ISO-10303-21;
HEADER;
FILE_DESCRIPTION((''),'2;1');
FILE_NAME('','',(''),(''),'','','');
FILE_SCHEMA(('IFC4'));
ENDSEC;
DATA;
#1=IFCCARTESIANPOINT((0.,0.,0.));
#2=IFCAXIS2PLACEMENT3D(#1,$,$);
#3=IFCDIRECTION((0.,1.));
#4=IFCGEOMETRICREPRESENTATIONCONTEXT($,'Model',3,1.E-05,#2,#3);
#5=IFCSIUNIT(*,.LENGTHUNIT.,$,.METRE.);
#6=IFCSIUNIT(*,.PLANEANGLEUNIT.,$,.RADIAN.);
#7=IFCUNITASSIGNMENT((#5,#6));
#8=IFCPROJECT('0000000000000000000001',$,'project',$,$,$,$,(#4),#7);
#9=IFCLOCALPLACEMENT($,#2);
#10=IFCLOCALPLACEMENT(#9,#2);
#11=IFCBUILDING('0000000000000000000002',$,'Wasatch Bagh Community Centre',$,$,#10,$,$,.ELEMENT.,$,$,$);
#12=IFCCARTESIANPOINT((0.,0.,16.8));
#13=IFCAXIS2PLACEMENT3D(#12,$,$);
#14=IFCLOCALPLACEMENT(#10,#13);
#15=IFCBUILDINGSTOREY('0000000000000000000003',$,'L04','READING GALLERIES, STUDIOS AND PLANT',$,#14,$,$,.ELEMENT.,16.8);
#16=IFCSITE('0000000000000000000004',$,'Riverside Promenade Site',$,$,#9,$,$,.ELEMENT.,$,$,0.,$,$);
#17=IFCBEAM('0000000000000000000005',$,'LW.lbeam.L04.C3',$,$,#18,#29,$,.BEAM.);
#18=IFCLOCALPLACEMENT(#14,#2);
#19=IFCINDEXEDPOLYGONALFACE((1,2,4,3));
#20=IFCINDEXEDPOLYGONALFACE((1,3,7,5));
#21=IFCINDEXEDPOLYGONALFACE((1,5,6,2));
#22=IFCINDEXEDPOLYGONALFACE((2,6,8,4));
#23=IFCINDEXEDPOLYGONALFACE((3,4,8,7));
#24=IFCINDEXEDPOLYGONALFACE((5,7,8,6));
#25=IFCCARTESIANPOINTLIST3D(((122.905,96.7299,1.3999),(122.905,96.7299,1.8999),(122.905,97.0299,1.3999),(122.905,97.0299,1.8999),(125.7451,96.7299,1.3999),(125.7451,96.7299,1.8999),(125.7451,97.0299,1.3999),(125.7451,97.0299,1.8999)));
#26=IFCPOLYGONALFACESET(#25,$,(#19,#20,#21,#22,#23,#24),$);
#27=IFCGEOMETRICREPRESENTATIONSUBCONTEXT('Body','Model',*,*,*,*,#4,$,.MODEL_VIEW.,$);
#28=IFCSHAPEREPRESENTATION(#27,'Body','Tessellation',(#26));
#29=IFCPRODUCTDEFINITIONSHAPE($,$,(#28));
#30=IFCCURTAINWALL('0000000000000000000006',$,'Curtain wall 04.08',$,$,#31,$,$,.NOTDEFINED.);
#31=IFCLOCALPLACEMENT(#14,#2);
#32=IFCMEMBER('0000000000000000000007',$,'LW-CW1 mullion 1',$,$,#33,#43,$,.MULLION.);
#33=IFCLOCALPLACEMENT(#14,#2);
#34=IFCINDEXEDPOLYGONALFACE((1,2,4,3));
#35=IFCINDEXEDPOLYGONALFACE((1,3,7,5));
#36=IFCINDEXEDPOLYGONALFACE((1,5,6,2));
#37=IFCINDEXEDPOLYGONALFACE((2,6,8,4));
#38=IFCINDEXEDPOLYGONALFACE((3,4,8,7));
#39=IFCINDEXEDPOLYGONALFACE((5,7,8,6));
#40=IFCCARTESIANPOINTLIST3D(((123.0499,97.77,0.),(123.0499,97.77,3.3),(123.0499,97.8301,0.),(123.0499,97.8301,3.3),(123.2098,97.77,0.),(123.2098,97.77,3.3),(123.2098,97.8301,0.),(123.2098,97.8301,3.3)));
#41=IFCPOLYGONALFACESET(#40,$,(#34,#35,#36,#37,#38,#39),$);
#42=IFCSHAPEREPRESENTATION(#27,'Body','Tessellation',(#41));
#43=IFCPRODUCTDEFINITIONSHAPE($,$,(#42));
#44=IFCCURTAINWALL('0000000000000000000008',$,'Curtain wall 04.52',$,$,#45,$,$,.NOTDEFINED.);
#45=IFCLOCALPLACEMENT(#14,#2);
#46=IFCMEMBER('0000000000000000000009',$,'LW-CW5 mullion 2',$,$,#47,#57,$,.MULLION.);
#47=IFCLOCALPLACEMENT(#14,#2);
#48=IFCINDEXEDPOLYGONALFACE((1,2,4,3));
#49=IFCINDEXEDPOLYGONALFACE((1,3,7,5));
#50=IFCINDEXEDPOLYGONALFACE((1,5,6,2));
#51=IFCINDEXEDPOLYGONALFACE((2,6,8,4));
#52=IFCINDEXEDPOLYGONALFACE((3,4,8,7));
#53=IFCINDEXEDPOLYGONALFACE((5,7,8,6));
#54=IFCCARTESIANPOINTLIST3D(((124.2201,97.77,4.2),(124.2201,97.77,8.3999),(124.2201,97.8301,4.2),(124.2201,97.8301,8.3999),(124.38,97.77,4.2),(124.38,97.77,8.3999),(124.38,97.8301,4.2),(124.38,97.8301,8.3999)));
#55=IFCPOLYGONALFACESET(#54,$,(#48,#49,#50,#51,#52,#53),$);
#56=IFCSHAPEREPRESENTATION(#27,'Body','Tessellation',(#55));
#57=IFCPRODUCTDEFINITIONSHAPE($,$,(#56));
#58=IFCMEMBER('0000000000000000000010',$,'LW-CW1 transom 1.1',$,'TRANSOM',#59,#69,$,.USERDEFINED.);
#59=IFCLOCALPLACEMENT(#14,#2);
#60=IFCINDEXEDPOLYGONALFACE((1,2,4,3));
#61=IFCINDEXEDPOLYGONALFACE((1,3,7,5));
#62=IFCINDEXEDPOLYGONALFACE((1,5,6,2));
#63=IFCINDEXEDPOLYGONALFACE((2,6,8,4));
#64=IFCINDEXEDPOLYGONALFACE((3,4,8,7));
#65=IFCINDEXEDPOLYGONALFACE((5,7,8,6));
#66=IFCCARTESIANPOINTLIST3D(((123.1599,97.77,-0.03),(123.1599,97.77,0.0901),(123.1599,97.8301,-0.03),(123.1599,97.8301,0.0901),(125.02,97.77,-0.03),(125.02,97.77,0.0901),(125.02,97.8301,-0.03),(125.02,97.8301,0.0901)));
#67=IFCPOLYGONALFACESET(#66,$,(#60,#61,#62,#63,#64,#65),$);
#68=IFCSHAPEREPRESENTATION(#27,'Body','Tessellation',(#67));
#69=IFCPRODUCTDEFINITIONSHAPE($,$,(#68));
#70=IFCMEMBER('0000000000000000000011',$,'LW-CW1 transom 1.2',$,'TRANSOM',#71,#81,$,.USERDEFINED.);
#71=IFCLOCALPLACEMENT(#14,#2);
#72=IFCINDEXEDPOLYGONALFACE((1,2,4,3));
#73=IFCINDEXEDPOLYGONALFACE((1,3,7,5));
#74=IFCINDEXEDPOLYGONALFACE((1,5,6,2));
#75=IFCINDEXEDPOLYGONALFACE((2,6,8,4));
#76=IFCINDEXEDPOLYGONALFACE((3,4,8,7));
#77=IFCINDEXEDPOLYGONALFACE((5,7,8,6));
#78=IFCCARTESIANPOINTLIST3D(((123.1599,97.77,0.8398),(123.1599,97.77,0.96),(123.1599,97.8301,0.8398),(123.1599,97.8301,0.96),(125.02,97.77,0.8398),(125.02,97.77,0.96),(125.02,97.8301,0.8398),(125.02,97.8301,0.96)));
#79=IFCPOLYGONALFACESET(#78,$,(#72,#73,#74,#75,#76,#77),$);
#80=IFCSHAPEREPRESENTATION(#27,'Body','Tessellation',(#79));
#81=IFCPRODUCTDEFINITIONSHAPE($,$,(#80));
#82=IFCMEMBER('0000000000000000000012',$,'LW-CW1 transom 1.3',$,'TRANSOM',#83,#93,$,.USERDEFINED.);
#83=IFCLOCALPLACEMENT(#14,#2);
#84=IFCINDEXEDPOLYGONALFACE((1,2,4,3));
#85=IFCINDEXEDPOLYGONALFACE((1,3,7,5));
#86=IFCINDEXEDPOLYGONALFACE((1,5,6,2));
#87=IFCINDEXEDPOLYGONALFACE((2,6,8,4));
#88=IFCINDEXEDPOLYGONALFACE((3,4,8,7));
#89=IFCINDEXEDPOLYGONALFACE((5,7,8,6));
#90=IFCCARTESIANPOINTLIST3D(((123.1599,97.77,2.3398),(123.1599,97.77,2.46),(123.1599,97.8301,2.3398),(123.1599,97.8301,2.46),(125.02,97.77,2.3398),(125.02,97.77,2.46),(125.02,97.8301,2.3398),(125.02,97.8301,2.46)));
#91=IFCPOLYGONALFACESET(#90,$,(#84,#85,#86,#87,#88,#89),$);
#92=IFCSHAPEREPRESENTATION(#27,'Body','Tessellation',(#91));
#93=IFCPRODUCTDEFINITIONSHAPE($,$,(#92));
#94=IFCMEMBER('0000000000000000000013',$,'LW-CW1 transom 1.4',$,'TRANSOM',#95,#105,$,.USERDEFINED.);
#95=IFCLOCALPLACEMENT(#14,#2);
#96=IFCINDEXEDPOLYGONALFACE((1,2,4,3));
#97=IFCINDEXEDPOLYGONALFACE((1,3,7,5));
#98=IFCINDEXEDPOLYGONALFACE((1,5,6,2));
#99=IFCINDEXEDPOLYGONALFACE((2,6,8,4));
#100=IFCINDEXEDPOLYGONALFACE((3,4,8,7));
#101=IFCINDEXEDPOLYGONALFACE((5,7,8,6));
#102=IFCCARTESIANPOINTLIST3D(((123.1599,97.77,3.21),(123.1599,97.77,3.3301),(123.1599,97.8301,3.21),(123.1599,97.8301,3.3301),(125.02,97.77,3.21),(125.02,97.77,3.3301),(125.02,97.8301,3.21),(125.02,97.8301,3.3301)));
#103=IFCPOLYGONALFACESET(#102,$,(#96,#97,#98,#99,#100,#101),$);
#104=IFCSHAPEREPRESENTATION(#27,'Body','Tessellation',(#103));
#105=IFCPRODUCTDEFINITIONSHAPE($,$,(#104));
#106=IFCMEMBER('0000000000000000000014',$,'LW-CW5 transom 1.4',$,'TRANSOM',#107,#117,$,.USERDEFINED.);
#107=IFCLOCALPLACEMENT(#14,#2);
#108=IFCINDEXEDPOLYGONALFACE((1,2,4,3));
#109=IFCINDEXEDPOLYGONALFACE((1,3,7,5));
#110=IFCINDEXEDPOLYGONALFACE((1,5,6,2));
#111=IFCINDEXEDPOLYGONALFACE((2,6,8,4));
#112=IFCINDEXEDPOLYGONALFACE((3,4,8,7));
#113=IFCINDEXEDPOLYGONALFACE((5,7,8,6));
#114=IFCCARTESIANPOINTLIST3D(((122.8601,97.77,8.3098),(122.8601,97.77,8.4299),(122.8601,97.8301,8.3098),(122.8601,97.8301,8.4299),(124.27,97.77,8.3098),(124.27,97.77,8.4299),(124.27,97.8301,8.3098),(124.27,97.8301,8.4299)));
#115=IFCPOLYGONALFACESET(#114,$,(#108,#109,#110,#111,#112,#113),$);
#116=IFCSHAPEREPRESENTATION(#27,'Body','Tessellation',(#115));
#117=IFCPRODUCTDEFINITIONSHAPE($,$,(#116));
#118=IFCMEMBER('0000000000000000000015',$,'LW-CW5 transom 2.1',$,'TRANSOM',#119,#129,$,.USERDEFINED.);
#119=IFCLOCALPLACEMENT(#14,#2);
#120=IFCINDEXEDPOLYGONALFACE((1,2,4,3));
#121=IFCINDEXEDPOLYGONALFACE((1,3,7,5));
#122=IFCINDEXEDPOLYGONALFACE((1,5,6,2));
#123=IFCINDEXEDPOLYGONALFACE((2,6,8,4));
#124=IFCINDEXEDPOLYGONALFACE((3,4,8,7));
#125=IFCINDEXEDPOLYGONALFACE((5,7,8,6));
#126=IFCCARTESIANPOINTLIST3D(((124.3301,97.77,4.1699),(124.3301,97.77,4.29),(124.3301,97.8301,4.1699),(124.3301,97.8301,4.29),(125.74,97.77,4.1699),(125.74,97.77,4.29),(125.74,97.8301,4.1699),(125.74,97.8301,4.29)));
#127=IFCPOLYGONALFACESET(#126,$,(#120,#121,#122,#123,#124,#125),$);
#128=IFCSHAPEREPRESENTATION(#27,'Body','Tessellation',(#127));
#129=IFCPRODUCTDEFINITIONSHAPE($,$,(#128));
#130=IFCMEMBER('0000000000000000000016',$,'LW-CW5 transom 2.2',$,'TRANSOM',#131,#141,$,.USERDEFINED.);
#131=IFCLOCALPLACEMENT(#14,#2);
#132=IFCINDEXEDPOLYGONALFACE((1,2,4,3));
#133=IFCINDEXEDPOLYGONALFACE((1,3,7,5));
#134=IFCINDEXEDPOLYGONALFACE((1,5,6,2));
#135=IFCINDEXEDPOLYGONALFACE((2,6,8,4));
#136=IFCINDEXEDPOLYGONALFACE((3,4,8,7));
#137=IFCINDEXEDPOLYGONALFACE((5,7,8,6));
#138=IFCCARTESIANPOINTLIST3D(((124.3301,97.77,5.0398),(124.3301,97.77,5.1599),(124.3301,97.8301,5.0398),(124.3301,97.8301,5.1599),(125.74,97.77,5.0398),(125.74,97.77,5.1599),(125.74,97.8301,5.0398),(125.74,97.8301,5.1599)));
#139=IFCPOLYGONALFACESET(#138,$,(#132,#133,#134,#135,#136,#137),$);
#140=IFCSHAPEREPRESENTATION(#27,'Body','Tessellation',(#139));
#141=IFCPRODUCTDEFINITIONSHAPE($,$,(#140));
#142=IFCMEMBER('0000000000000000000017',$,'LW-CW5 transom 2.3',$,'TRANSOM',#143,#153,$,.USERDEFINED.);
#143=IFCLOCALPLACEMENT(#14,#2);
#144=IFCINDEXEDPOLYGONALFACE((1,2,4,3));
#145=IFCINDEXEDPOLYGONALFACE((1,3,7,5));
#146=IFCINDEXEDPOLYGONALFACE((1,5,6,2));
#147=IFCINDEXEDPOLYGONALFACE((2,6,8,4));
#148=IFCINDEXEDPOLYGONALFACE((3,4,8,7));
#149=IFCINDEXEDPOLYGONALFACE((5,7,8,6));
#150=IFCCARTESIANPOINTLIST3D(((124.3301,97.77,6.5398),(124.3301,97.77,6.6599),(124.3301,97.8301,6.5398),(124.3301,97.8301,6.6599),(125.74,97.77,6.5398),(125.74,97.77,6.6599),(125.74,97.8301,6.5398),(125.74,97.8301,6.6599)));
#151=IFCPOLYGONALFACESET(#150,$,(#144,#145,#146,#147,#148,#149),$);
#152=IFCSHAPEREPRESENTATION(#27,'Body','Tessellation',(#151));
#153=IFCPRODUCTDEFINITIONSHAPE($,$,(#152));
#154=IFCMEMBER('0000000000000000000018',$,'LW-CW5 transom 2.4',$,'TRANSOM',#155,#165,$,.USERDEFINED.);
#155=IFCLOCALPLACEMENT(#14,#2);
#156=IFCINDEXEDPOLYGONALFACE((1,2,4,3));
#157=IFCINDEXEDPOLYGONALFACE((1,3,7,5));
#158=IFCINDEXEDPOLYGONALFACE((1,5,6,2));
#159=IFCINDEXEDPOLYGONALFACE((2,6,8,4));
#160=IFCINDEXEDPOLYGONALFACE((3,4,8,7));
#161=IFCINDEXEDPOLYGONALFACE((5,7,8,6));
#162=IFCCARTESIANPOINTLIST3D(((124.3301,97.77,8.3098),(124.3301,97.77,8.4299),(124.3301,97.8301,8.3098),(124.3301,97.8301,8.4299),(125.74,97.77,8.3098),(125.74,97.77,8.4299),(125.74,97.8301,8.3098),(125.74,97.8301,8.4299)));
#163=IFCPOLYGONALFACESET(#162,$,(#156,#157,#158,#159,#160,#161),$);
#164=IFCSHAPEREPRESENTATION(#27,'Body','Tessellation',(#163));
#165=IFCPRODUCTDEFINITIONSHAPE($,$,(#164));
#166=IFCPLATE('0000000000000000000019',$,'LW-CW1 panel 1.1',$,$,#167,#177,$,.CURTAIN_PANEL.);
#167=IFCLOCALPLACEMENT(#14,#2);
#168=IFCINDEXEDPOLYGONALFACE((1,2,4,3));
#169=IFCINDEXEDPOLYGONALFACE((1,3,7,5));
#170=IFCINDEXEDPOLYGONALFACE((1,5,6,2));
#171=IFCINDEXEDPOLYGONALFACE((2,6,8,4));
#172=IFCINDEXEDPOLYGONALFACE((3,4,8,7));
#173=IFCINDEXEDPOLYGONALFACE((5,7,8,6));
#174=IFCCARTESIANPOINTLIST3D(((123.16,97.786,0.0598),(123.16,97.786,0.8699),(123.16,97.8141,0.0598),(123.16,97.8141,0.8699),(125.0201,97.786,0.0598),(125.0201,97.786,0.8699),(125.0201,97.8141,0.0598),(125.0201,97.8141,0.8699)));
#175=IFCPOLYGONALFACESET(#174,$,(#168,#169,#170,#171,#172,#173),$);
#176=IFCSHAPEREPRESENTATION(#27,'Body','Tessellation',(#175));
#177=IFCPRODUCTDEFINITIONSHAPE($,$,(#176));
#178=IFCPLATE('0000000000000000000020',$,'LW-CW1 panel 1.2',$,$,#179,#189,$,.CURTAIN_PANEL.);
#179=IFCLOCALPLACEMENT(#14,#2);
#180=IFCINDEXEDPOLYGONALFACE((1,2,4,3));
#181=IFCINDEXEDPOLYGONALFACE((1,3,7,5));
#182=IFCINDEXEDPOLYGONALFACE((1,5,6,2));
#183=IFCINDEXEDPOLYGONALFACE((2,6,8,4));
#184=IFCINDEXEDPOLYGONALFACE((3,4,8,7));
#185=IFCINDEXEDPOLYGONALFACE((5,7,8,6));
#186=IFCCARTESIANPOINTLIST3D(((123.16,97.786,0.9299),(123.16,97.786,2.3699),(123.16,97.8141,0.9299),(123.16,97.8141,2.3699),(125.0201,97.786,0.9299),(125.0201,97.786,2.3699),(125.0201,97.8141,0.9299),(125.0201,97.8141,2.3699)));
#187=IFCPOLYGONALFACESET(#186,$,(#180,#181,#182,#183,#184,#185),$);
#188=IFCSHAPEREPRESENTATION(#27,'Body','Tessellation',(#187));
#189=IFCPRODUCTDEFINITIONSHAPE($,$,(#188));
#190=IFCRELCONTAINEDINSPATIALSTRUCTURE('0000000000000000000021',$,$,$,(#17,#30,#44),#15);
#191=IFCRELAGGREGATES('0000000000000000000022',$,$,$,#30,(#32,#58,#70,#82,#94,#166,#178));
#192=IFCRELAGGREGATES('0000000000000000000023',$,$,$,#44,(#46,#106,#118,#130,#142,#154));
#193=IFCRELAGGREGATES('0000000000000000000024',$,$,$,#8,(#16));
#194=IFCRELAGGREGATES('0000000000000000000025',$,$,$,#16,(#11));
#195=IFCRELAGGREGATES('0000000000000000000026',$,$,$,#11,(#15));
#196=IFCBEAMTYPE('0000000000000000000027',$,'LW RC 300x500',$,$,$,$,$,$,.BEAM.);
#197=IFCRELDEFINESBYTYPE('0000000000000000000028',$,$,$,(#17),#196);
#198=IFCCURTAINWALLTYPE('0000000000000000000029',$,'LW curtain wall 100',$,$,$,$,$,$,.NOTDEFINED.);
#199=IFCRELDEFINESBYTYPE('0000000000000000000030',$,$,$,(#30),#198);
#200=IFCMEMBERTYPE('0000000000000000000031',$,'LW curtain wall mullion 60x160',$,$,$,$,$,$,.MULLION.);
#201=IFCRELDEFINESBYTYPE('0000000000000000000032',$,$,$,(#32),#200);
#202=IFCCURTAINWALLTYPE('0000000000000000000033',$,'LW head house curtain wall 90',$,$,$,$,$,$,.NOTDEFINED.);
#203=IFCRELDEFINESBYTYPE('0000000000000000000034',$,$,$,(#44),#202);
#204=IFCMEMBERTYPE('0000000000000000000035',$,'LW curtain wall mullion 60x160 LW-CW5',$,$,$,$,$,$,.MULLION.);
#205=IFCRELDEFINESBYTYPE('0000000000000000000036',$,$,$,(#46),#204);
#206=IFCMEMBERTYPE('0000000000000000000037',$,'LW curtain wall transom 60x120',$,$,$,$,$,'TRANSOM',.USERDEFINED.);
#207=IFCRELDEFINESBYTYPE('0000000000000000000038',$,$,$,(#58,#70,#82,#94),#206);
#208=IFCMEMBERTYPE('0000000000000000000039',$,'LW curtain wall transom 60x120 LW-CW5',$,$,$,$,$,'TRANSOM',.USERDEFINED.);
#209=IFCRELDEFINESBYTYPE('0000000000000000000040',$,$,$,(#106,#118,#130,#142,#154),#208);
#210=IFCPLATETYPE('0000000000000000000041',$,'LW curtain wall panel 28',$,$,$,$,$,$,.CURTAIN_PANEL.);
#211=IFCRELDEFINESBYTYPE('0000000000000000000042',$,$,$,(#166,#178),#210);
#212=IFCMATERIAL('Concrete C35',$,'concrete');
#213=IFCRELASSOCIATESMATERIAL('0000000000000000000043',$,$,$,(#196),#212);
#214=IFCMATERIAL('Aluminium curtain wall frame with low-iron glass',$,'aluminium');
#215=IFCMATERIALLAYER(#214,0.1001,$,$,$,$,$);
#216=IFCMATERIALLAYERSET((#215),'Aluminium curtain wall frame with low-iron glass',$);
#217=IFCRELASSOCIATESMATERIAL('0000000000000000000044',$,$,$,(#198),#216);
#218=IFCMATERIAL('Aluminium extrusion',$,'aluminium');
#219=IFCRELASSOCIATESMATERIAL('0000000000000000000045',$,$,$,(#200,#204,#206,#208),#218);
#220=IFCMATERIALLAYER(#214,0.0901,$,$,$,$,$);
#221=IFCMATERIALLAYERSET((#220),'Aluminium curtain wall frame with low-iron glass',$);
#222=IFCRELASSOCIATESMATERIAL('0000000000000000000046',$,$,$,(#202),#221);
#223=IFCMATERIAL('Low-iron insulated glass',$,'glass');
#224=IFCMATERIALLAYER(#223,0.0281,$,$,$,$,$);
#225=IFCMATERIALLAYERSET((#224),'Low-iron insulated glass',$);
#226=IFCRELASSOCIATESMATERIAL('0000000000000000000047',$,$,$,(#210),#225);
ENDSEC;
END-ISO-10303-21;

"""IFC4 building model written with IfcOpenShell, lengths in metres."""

from ifc_helpers import new_model, si_unit, direction, frame, origin, origin_2d, place, context, subcontext, project, spatial, rectangle, extrude, material, layer, layer_set, material_profile, profile_set, type_object, element, aggregate, save


model = new_model("IFC4")

# Units and contexts
model_context = context("Model", 3, precision=1e-05, world=origin(), true_north=direction((0.0, 1.0)))
body_context = subcontext(model_context, "Body", "Model", "MODEL_VIEW")
ifc_project = project(units=[si_unit("LENGTHUNIT", "METRE"), si_unit("PLANEANGLEUNIT", "RADIAN")], contexts=[model_context])

# Site, building, storey
site_placement = place(None, origin())
site = spatial("IfcSite", under=ifc_project, at=site_placement, Name="Riverside Promenade Site", CompositionType="ELEMENT", RefElevation=0.0)
building_placement = place(site_placement, origin())
building = spatial("IfcBuilding", under=site, at=building_placement, Name="Wasatch Bagh Community Centre", CompositionType="ELEMENT")
storey_placement = place(building_placement, frame((0.0, 0.0, 16.8)))
storey = spatial("IfcBuildingStorey", under=building, at=storey_placement, Name="L04", Description="READING GALLERIES, STUDIOS AND PLANT", CompositionType="ELEMENT", Elevation=16.8)

# Beam
ifc_material_1 = material(Name="Concrete C35", Category="concrete")
ifc_material_profile_1 = material_profile(ifc_material_1, rectangle(XDim=0.3, YDim=0.5, at=origin_2d()), Name="RC 300x500")
ifc_profile_set_1 = profile_set([ifc_material_profile_1], Name="Concrete C35")
beam_type = type_object("IfcBeamType", Name="LW RC 300x500", PredefinedType="BEAM", material=ifc_profile_set_1)
beam_placement = place(storey_placement, frame((122.905, 96.8799, 1.6499), z_axis=(1.0, 0.0, 0.0), x_axis=(0.0, 1.0, 0.0)))
element("IfcBeam", 1, at=beam_placement, inside=storey, type_object=beam_type, Name="LW.lbeam.L04.C3", PredefinedType="BEAM", context=body_context, shape_type="SweptSolid", body=[
    extrude(rectangle(XDim=0.3, YDim=0.5, at=origin_2d()), origin(), (0.0, 0.0, 1.0), 2.8401),
])

# Curtain walls, members
ifc_material_2 = material(Name="Aluminium curtain wall frame with low-iron glass", Category="aluminium")
ifc_layer_1 = layer(ifc_material_2, 0.1001)
ifc_layer_set_1 = layer_set([ifc_layer_1], Name="Aluminium curtain wall frame with low-iron glass")
curtain_wall_type_1 = type_object("IfcCurtainWallType", Name="LW curtain wall 100", PredefinedType="NOTDEFINED", material=ifc_layer_set_1)
curtain_wall_1_placement = place(storey_placement, origin())
curtain_wall_1 = element("IfcCurtainWall", 2, at=curtain_wall_1_placement, inside=storey, type_object=curtain_wall_type_1, Name="Curtain wall 04.08", PredefinedType="NOTDEFINED")
ifc_material_3 = material(Name="Aluminium extrusion", Category="aluminium")
ifc_material_profile_2 = material_profile(ifc_material_3, rectangle(XDim=0.0601, YDim=0.1599, at=origin_2d()), Name="AL 60x160")
ifc_profile_set_2 = profile_set([ifc_material_profile_2], Name="Aluminium extrusion")
member_type_1 = type_object("IfcMemberType", Name="LW curtain wall mullion 60x160", PredefinedType="MULLION", material=ifc_profile_set_2)
member_1_placement = place(storey_placement, frame((123.1299, 97.8, 0.0), z_axis=(0.0, 0.0, 1.0), x_axis=(0.0, 1.0, 0.0)))
member_1 = element("IfcMember", 3, at=member_1_placement, type_object=member_type_1, Name="LW-CW1 mullion 1", PredefinedType="MULLION", context=body_context, shape_type="SweptSolid", body=[
    extrude(rectangle(XDim=0.0601, YDim=0.1599, at=origin_2d()), origin(), (0.0, 0.0, 1.0), 3.3),
])
ifc_layer_2 = layer(ifc_material_2, 0.0901)
ifc_layer_set_2 = layer_set([ifc_layer_2], Name="Aluminium curtain wall frame with low-iron glass")
curtain_wall_type_2 = type_object("IfcCurtainWallType", Name="LW head house curtain wall 90", PredefinedType="NOTDEFINED", material=ifc_layer_set_2)
curtain_wall_2_placement = place(storey_placement, origin())
curtain_wall_2 = element("IfcCurtainWall", 4, at=curtain_wall_2_placement, inside=storey, type_object=curtain_wall_type_2, Name="Curtain wall 04.52", PredefinedType="NOTDEFINED")
ifc_material_profile_3 = material_profile(ifc_material_3, rectangle(XDim=0.0601, YDim=0.1599, at=origin_2d()), Name="AL 60x160")
ifc_profile_set_3 = profile_set([ifc_material_profile_3], Name="Aluminium extrusion")
member_type_2 = type_object("IfcMemberType", Name="LW curtain wall mullion 60x160 LW-CW5", PredefinedType="MULLION", material=ifc_profile_set_3)
member_2_placement = place(storey_placement, frame((124.3, 97.8, 4.2), z_axis=(0.0, 0.0, 1.0), x_axis=(0.0, 1.0, 0.0)))
member_2 = element("IfcMember", 5, at=member_2_placement, type_object=member_type_2, Name="LW-CW5 mullion 2", PredefinedType="MULLION", context=body_context, shape_type="SweptSolid", body=[
    extrude(rectangle(XDim=0.0601, YDim=0.1599, at=origin_2d()), origin(), (0.0, 0.0, 1.0), 4.2),
])

# Members
ifc_material_profile_4 = material_profile(ifc_material_3, rectangle(XDim=0.0601, YDim=0.1201, at=origin_2d()), Name="AL 60x120")
ifc_profile_set_4 = profile_set([ifc_material_profile_4], Name="Aluminium extrusion")
member_type_3 = type_object("IfcMemberType", Name="LW curtain wall transom 60x120", ElementType="TRANSOM", PredefinedType="USERDEFINED", material=ifc_profile_set_4)
member_3_placement = place(storey_placement, frame((123.1599, 97.8, 0.03), z_axis=(1.0, 0.0, 0.0), x_axis=(0.0, 1.0, 0.0)))
member_3 = element("IfcMember", 6, at=member_3_placement, type_object=member_type_3, Name="LW-CW1 transom 1.1", ObjectType="TRANSOM", PredefinedType="USERDEFINED", context=body_context, shape_type="SweptSolid", body=[
    extrude(rectangle(XDim=0.0601, YDim=0.1201, at=origin_2d()), origin(), (0.0, 0.0, 1.0), 1.8601),
])
member_4_placement = place(storey_placement, frame((123.1599, 97.8, 0.8999), z_axis=(1.0, 0.0, 0.0), x_axis=(0.0, 1.0, 0.0)))
member_4 = element("IfcMember", 7, at=member_4_placement, type_object=member_type_3, Name="LW-CW1 transom 1.2", ObjectType="TRANSOM", PredefinedType="USERDEFINED", context=body_context, shape_type="SweptSolid", body=[
    extrude(rectangle(XDim=0.0601, YDim=0.1201, at=origin_2d()), origin(), (0.0, 0.0, 1.0), 1.8601),
])
member_5_placement = place(storey_placement, frame((123.1599, 97.8, 2.3999), z_axis=(1.0, 0.0, 0.0), x_axis=(0.0, 1.0, 0.0)))
member_5 = element("IfcMember", 8, at=member_5_placement, type_object=member_type_3, Name="LW-CW1 transom 1.3", ObjectType="TRANSOM", PredefinedType="USERDEFINED", context=body_context, shape_type="SweptSolid", body=[
    extrude(rectangle(XDim=0.0601, YDim=0.1201, at=origin_2d()), origin(), (0.0, 0.0, 1.0), 1.8601),
])
member_6_placement = place(storey_placement, frame((123.1599, 97.8, 3.27), z_axis=(1.0, 0.0, 0.0), x_axis=(0.0, 1.0, 0.0)))
member_6 = element("IfcMember", 9, at=member_6_placement, type_object=member_type_3, Name="LW-CW1 transom 1.4", ObjectType="TRANSOM", PredefinedType="USERDEFINED", context=body_context, shape_type="SweptSolid", body=[
    extrude(rectangle(XDim=0.0601, YDim=0.1201, at=origin_2d()), origin(), (0.0, 0.0, 1.0), 1.8601),
])
ifc_material_profile_5 = material_profile(ifc_material_3, rectangle(XDim=0.0601, YDim=0.1201, at=origin_2d()), Name="AL 60x120")
ifc_profile_set_5 = profile_set([ifc_material_profile_5], Name="Aluminium extrusion")
member_type_4 = type_object("IfcMemberType", Name="LW curtain wall transom 60x120 LW-CW5", ElementType="TRANSOM", PredefinedType="USERDEFINED", material=ifc_profile_set_5)
member_7_placement = place(storey_placement, frame((122.8601, 97.8, 8.3699), z_axis=(1.0, 0.0, 0.0), x_axis=(0.0, 1.0, 0.0)))
member_7 = element("IfcMember", 10, at=member_7_placement, type_object=member_type_4, Name="LW-CW5 transom 1.4", ObjectType="TRANSOM", PredefinedType="USERDEFINED", context=body_context, shape_type="SweptSolid", body=[
    extrude(rectangle(XDim=0.0601, YDim=0.1201, at=origin_2d()), origin(), (0.0, 0.0, 1.0), 1.4099),
])
member_8_placement = place(storey_placement, frame((124.3301, 97.8, 4.23), z_axis=(1.0, 0.0, 0.0), x_axis=(0.0, 1.0, 0.0)))
member_8 = element("IfcMember", 11, at=member_8_placement, type_object=member_type_4, Name="LW-CW5 transom 2.1", ObjectType="TRANSOM", PredefinedType="USERDEFINED", context=body_context, shape_type="SweptSolid", body=[
    extrude(rectangle(XDim=0.0601, YDim=0.1201, at=origin_2d()), origin(), (0.0, 0.0, 1.0), 1.4099),
])
member_9_placement = place(storey_placement, frame((124.3301, 97.8, 5.0999), z_axis=(1.0, 0.0, 0.0), x_axis=(0.0, 1.0, 0.0)))
member_9 = element("IfcMember", 12, at=member_9_placement, type_object=member_type_4, Name="LW-CW5 transom 2.2", ObjectType="TRANSOM", PredefinedType="USERDEFINED", context=body_context, shape_type="SweptSolid", body=[
    extrude(rectangle(XDim=0.0601, YDim=0.1201, at=origin_2d()), origin(), (0.0, 0.0, 1.0), 1.4099),
])
member_10_placement = place(storey_placement, frame((124.3301, 97.8, 6.5999), z_axis=(1.0, 0.0, 0.0), x_axis=(0.0, 1.0, 0.0)))
member_10 = element("IfcMember", 13, at=member_10_placement, type_object=member_type_4, Name="LW-CW5 transom 2.3", ObjectType="TRANSOM", PredefinedType="USERDEFINED", context=body_context, shape_type="SweptSolid", body=[
    extrude(rectangle(XDim=0.0601, YDim=0.1201, at=origin_2d()), origin(), (0.0, 0.0, 1.0), 1.4099),
])
member_11_placement = place(storey_placement, frame((124.3301, 97.8, 8.3699), z_axis=(1.0, 0.0, 0.0), x_axis=(0.0, 1.0, 0.0)))
member_11 = element("IfcMember", 14, at=member_11_placement, type_object=member_type_4, Name="LW-CW5 transom 2.4", ObjectType="TRANSOM", PredefinedType="USERDEFINED", context=body_context, shape_type="SweptSolid", body=[
    extrude(rectangle(XDim=0.0601, YDim=0.1201, at=origin_2d()), origin(), (0.0, 0.0, 1.0), 1.4099),
])

# Plates
ifc_material_4 = material(Name="Low-iron insulated glass", Category="glass")
ifc_layer_3 = layer(ifc_material_4, 0.0281)
ifc_layer_set_3 = layer_set([ifc_layer_3], Name="Low-iron insulated glass")
plate_type_1 = type_object("IfcPlateType", Name="LW curtain wall panel 28", PredefinedType="CURTAIN_PANEL", material=ifc_layer_set_3)
plate_1_placement = place(storey_placement, frame((124.0901, 97.8, 0.0598), z_axis=(0.0, 0.0, 1.0), x_axis=(1.0, 0.0, 0.0)))
plate_1 = element("IfcPlate", 15, at=plate_1_placement, type_object=plate_type_1, Name="LW-CW1 panel 1.1", PredefinedType="CURTAIN_PANEL", context=body_context, shape_type="SweptSolid", body=[
    extrude(rectangle(XDim=1.8601, YDim=0.0281, at=origin_2d()), origin(), (0.0, 0.0, 1.0), 0.8101),
])
plate_2_placement = place(storey_placement, frame((124.0901, 97.8, 0.9299), z_axis=(0.0, 0.0, 1.0), x_axis=(1.0, 0.0, 0.0)))
plate_2 = element("IfcPlate", 16, at=plate_2_placement, type_object=plate_type_1, Name="LW-CW1 panel 1.2", PredefinedType="CURTAIN_PANEL", context=body_context, shape_type="SweptSolid", body=[
    extrude(rectangle(XDim=1.8601, YDim=0.0281, at=origin_2d()), origin(), (0.0, 0.0, 1.0), 1.4399),
])
aggregate(curtain_wall_1, [member_1, member_3, member_4, member_5, member_6, plate_1, plate_2])
aggregate(curtain_wall_2, [member_2, member_7, member_8, member_9, member_10, member_11])

save(model, "model.ifc")
